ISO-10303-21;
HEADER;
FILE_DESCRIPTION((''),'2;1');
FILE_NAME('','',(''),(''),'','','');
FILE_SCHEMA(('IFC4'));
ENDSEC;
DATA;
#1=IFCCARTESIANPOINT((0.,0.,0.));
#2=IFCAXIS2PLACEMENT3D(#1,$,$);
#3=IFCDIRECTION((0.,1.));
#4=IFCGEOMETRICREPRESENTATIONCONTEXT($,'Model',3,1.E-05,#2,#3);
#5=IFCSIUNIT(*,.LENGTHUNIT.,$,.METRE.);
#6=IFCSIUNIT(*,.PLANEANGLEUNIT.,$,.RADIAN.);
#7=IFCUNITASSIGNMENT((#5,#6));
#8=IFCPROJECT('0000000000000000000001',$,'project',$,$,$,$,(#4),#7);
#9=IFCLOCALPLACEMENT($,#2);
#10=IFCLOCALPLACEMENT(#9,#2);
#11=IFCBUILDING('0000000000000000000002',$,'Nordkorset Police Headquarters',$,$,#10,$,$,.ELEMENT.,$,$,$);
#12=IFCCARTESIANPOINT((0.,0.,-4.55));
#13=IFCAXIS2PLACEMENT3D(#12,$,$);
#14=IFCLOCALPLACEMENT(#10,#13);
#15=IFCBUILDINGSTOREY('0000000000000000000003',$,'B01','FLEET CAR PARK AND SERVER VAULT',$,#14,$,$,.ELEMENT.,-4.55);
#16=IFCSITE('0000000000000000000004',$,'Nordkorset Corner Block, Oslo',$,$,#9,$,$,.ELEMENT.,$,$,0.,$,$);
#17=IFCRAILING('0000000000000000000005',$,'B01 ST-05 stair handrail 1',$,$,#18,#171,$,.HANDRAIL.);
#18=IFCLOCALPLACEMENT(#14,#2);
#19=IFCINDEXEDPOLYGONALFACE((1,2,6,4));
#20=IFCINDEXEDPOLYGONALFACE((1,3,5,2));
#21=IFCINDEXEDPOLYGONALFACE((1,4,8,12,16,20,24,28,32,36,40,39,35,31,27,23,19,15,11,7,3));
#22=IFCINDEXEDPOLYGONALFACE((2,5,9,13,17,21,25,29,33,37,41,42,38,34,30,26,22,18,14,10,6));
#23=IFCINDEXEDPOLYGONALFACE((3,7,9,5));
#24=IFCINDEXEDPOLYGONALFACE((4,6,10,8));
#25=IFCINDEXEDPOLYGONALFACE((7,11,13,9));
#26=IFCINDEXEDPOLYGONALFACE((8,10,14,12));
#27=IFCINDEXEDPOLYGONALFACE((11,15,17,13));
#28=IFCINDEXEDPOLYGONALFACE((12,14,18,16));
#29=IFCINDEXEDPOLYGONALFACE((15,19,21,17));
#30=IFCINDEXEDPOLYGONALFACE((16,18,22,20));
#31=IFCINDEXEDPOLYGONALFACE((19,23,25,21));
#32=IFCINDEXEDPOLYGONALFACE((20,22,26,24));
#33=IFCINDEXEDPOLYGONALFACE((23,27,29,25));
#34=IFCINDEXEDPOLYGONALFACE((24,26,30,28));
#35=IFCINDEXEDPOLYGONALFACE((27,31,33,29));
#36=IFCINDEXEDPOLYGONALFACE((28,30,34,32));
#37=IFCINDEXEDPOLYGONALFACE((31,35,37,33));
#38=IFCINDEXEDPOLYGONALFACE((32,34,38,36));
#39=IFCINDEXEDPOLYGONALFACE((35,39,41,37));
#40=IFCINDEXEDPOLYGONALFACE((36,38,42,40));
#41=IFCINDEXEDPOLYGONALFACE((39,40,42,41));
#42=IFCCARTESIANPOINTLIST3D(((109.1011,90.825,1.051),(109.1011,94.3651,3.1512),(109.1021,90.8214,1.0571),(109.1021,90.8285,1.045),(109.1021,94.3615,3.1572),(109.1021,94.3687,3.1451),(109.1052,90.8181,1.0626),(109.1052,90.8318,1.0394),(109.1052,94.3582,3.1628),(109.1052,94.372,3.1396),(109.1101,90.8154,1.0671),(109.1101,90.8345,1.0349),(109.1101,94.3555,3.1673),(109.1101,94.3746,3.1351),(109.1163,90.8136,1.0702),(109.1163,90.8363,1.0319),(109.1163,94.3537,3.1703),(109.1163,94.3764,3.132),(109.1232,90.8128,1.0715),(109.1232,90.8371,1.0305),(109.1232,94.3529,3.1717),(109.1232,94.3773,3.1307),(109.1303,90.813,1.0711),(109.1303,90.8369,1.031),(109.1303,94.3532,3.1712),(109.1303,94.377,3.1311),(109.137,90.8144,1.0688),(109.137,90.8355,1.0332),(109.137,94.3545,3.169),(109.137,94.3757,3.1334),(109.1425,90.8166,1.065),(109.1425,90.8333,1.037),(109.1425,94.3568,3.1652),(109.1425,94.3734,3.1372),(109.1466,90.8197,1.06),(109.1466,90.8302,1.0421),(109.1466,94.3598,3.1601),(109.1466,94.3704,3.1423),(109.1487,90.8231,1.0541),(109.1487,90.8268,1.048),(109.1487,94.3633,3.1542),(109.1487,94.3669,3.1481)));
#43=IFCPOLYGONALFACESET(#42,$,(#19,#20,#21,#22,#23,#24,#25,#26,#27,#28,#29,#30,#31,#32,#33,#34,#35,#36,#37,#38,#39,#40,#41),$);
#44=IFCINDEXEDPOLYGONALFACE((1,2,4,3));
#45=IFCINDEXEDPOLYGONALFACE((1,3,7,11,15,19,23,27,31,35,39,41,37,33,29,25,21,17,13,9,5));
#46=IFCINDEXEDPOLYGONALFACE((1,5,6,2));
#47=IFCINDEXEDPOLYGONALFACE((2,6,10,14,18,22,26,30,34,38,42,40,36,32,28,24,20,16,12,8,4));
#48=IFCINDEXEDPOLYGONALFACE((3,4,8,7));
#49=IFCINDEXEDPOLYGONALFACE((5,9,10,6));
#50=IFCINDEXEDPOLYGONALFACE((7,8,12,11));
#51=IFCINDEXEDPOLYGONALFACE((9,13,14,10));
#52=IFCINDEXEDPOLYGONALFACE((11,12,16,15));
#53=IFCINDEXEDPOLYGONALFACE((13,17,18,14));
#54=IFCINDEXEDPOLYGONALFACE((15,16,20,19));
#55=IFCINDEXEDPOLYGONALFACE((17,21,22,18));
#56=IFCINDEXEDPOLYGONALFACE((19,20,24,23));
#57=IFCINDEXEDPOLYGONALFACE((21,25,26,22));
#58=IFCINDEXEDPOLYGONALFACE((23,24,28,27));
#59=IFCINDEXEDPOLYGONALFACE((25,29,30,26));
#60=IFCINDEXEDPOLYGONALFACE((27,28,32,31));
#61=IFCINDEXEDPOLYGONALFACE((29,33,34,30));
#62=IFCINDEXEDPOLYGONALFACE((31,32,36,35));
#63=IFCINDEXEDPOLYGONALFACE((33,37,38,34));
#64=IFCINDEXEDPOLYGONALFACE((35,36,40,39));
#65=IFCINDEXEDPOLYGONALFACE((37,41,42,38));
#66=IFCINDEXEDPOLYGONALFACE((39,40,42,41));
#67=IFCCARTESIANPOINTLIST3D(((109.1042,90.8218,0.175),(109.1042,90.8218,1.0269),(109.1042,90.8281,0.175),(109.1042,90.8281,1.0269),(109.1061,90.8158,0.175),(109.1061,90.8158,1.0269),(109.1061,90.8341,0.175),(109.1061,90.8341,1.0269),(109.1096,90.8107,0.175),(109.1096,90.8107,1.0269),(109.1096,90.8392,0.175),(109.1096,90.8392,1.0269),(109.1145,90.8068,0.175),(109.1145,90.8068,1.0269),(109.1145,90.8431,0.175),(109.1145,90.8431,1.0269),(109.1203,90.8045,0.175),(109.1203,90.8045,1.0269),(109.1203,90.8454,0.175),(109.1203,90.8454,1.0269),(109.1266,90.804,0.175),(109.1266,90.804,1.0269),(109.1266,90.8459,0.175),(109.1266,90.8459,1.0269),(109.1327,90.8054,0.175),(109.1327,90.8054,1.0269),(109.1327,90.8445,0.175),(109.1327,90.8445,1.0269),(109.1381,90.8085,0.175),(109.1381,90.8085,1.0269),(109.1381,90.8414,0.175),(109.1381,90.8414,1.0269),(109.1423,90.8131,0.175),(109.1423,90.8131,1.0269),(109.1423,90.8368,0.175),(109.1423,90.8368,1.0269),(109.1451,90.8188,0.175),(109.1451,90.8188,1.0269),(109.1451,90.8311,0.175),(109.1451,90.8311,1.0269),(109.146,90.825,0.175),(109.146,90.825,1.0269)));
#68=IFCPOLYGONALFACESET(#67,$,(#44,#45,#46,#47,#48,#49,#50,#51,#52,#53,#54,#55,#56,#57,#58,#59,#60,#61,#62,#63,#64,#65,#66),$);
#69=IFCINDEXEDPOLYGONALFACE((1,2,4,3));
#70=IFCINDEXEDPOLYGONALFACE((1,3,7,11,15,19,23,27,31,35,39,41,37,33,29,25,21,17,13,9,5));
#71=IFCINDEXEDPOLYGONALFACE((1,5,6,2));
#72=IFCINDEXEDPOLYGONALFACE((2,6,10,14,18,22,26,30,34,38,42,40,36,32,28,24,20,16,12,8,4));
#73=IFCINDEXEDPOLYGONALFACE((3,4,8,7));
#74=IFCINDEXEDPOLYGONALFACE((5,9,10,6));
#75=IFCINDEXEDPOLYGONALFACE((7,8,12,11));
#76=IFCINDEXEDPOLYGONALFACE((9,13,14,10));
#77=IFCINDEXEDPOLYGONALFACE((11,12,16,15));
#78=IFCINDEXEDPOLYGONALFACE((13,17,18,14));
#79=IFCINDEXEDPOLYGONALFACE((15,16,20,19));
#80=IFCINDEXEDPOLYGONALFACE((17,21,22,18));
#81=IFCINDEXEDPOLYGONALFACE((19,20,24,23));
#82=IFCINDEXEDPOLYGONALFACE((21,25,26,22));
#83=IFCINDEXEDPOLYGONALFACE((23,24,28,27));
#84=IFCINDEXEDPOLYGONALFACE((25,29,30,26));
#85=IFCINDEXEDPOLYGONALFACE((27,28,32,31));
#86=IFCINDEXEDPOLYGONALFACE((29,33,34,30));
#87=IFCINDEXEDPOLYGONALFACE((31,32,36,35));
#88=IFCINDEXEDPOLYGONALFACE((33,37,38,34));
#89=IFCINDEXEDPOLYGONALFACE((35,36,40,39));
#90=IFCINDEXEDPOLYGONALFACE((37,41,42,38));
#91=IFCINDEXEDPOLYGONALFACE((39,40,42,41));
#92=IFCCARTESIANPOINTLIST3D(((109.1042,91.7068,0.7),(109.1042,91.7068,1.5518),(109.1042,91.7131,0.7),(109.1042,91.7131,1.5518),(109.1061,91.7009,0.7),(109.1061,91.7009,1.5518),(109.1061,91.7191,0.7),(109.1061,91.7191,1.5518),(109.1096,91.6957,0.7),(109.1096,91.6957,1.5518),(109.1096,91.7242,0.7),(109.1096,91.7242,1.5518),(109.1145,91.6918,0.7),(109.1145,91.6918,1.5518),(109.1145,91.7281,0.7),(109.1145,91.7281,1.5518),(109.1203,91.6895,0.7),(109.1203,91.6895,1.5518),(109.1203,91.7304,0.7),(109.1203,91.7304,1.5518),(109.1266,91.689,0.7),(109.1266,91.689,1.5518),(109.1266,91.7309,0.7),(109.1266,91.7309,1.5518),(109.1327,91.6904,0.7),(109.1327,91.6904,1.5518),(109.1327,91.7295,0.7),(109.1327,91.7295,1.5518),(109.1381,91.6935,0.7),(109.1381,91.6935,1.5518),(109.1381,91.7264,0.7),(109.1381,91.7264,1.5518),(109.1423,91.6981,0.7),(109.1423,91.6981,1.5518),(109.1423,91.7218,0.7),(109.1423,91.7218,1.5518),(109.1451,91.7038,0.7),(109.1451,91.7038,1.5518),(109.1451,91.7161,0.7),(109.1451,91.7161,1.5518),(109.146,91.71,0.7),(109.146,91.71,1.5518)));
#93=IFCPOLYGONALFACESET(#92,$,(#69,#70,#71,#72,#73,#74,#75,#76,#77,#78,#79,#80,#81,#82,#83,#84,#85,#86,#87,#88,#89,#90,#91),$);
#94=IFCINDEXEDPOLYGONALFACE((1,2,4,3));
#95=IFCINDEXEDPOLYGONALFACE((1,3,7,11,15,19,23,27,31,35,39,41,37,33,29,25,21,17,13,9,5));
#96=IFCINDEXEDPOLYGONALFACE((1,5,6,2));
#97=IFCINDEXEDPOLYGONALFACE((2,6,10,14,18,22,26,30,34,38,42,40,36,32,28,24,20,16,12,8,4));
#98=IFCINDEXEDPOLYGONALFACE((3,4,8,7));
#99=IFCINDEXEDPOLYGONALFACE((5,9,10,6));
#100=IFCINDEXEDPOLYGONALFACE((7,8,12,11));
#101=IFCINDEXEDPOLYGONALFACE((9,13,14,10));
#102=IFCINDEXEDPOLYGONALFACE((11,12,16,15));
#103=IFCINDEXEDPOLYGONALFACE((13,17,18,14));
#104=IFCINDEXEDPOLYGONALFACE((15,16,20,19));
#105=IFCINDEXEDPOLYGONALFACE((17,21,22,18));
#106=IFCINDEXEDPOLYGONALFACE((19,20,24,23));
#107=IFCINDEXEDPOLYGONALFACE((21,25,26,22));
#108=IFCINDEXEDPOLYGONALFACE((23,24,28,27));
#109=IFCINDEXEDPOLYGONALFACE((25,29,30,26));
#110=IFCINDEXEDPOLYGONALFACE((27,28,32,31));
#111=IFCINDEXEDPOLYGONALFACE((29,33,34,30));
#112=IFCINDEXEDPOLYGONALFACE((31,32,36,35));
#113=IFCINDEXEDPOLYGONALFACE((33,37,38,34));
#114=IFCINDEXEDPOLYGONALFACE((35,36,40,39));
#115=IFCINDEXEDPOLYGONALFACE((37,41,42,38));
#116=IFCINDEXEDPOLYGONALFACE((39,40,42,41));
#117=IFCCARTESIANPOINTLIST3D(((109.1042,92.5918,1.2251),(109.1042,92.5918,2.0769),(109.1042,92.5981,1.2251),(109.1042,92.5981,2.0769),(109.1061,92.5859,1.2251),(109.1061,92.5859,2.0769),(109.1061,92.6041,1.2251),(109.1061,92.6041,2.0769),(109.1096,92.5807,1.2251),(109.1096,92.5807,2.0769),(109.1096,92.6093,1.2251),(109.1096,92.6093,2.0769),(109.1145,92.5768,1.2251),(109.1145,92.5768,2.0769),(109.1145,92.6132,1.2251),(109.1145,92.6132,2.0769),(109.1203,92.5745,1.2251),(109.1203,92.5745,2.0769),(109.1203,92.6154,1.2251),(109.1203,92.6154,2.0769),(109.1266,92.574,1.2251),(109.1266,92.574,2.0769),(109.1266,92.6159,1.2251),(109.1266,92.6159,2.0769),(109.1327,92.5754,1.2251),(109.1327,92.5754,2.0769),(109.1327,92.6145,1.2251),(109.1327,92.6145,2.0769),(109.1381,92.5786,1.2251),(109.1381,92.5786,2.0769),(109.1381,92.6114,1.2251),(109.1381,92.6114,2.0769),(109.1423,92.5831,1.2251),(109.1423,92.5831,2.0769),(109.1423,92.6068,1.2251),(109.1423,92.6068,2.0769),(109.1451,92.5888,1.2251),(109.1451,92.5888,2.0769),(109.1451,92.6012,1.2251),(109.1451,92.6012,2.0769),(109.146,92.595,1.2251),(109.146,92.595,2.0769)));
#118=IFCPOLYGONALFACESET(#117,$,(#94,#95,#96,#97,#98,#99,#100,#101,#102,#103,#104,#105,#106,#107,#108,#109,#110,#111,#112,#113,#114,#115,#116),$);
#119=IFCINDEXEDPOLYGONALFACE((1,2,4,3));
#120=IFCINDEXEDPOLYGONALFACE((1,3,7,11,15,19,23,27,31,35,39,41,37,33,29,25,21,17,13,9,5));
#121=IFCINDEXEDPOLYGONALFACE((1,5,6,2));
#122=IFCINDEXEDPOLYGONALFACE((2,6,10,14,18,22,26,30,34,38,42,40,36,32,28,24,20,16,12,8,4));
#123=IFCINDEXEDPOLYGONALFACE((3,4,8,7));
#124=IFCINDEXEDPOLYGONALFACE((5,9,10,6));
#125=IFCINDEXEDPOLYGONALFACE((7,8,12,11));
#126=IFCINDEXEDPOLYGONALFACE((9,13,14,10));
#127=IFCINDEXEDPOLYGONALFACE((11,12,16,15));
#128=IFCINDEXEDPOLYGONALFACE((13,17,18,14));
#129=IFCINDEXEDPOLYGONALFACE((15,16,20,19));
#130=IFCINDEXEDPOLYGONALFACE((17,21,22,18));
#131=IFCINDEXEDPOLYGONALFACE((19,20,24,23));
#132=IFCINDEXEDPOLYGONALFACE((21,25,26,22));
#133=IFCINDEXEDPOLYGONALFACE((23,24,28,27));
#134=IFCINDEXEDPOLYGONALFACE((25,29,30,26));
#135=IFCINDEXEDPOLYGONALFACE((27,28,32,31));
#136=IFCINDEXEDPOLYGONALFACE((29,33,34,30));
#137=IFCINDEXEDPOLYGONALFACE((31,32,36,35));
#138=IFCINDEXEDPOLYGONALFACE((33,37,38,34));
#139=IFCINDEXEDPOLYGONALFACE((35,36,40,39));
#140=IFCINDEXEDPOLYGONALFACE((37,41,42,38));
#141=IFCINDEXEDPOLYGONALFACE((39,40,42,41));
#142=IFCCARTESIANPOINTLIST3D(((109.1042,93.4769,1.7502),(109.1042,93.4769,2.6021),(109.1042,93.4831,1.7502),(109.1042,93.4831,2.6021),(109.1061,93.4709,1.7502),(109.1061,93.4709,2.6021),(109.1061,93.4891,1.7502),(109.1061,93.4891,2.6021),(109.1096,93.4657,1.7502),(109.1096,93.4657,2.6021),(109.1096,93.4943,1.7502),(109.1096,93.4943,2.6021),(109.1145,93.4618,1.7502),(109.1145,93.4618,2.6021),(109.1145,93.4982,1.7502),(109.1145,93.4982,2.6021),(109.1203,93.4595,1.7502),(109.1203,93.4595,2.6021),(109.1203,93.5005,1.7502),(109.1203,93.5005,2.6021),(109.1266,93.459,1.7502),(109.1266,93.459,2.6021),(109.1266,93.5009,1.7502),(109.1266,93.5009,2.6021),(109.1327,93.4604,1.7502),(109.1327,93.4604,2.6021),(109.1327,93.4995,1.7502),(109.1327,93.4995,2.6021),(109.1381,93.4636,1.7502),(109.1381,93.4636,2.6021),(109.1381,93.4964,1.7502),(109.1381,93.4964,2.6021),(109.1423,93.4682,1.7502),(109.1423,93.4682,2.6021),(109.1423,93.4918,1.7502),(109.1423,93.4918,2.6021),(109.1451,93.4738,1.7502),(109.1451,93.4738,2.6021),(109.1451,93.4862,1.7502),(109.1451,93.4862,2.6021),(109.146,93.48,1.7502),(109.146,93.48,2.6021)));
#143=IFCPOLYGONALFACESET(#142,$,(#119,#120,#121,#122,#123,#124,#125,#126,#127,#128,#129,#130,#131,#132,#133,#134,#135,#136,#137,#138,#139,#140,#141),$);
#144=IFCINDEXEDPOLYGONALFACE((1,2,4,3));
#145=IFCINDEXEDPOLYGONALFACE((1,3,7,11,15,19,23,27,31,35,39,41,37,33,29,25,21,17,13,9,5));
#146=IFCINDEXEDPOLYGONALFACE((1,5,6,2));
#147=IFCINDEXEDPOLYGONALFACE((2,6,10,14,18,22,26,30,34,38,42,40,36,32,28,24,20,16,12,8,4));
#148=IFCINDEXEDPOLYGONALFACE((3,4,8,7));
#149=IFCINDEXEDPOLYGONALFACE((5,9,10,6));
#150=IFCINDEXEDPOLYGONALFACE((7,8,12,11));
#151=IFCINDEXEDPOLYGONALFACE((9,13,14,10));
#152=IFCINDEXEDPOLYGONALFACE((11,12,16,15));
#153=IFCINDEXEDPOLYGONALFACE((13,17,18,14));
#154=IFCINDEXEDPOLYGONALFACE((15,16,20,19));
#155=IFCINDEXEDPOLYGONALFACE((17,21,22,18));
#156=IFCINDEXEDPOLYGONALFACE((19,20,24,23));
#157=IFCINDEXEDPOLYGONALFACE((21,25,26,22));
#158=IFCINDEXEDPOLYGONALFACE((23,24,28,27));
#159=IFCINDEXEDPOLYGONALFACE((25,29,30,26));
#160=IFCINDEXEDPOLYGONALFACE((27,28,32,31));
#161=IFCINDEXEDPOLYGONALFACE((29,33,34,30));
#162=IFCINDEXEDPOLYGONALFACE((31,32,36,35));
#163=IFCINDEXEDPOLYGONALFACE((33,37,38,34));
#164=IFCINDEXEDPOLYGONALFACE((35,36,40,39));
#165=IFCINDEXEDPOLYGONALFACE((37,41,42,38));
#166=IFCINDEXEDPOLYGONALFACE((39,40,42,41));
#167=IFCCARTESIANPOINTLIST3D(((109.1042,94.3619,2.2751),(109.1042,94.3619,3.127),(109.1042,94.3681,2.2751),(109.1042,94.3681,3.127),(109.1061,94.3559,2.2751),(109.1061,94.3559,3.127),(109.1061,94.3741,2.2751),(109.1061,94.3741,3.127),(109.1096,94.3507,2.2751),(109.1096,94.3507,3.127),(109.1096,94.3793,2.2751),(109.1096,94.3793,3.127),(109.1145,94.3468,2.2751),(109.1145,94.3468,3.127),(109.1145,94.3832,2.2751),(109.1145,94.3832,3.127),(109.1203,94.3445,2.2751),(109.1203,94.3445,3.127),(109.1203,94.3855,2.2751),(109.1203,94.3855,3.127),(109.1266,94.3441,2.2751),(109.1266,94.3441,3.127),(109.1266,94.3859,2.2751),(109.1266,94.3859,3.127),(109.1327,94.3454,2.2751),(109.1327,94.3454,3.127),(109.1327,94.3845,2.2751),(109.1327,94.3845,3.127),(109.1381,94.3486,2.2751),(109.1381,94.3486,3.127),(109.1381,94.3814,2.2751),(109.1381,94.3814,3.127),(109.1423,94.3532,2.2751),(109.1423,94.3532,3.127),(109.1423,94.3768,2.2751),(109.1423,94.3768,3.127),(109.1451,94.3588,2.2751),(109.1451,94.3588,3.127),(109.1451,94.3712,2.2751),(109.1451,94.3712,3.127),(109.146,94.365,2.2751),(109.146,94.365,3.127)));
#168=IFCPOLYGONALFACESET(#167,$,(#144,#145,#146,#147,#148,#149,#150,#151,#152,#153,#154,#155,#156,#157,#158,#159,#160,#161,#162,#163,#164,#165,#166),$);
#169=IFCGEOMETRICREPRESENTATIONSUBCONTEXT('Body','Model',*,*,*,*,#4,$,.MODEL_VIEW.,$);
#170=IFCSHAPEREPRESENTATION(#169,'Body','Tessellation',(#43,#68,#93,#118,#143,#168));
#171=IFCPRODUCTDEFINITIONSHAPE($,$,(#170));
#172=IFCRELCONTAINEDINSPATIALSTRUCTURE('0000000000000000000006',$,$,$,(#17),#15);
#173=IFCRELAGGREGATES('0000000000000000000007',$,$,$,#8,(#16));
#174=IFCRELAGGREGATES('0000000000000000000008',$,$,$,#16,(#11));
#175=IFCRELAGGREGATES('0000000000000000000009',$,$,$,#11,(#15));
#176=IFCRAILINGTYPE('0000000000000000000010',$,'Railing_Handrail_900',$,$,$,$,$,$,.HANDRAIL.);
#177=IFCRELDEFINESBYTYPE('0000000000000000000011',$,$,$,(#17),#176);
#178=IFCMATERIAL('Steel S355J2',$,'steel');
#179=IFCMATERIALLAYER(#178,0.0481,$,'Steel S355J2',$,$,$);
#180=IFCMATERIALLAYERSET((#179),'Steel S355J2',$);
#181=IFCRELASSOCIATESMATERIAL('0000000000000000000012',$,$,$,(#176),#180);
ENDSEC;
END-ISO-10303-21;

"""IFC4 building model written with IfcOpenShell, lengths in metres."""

from ifc_helpers import new_model, si_unit, direction, frame, origin, origin_2d, place, context, subcontext, project, spatial, circle, extrude, material, layer, layer_set, type_object, element, save


model = new_model("IFC4")

# Units and contexts
model_context = context("Model", 3, precision=1e-05, world=origin(), true_north=direction((0.0, 1.0)))
body_context = subcontext(model_context, "Body", "Model", "MODEL_VIEW")
ifc_project = project(units=[si_unit("LENGTHUNIT", "METRE"), si_unit("PLANEANGLEUNIT", "RADIAN")], contexts=[model_context])

# Site, building, storey
site_placement = place(None, origin())
site = spatial("IfcSite", under=ifc_project, at=site_placement, Name="Nordkorset Corner Block, Oslo", CompositionType="ELEMENT", RefElevation=0.0)
building_placement = place(site_placement, origin())
building = spatial("IfcBuilding", under=site, at=building_placement, Name="Nordkorset Police Headquarters", CompositionType="ELEMENT")
storey_placement = place(building_placement, frame((0.0, 0.0, -4.55)))
storey = spatial("IfcBuildingStorey", under=building, at=storey_placement, Name="B01", Description="FLEET CAR PARK AND SERVER VAULT", CompositionType="ELEMENT", Elevation=-4.55)

# Railing
ifc_material_1 = material(Name="Steel S355J2", Category="steel")
ifc_layer_1 = layer(ifc_material_1, 0.0481, Name="Steel S355J2")
ifc_layer_set_1 = layer_set([ifc_layer_1], Name="Steel S355J2")
railing_type_1 = type_object("IfcRailingType", Name="Railing_Handrail_900", PredefinedType="HANDRAIL", material=ifc_layer_set_1)
railing_1_placement = place(storey_placement, frame((109.125, 90.825, 0.175)))
element("IfcRailing", 1, at=railing_1_placement, inside=storey, type_object=railing_type_1, Name="B01 ST-05 stair handrail 1", PredefinedType="HANDRAIL", context=body_context, shape_type="SweptSolid", body=[
    extrude(circle(Radius=0.0239, at=origin_2d()), frame((0.0, 0.0, 0.876), z_axis=(0.0, 0.860047, 0.510215), x_axis=(-1.0, 0.0, 0.0)), (0.0, 0.0, 1.0), 4.1162),
    extrude(circle(Radius=0.021, at=origin_2d()), origin(), (0.0, 0.0, 1.0), 0.8518),
    extrude(circle(Radius=0.021, at=origin_2d()), frame((0.0, 0.885, 0.5249)), (0.0, 0.0, 1.0), 0.8518),
    extrude(circle(Radius=0.021, at=origin_2d()), frame((0.0, 1.77, 1.05)), (0.0, 0.0, 1.0), 0.8518),
    extrude(circle(Radius=0.021, at=origin_2d()), frame((0.0, 2.655, 1.5752)), (0.0, 0.0, 1.0), 0.8518),
    extrude(circle(Radius=0.021, at=origin_2d()), frame((0.0, 3.54, 2.1001)), (0.0, 0.0, 1.0), 0.8518),
])

save(model, "model.ifc")
